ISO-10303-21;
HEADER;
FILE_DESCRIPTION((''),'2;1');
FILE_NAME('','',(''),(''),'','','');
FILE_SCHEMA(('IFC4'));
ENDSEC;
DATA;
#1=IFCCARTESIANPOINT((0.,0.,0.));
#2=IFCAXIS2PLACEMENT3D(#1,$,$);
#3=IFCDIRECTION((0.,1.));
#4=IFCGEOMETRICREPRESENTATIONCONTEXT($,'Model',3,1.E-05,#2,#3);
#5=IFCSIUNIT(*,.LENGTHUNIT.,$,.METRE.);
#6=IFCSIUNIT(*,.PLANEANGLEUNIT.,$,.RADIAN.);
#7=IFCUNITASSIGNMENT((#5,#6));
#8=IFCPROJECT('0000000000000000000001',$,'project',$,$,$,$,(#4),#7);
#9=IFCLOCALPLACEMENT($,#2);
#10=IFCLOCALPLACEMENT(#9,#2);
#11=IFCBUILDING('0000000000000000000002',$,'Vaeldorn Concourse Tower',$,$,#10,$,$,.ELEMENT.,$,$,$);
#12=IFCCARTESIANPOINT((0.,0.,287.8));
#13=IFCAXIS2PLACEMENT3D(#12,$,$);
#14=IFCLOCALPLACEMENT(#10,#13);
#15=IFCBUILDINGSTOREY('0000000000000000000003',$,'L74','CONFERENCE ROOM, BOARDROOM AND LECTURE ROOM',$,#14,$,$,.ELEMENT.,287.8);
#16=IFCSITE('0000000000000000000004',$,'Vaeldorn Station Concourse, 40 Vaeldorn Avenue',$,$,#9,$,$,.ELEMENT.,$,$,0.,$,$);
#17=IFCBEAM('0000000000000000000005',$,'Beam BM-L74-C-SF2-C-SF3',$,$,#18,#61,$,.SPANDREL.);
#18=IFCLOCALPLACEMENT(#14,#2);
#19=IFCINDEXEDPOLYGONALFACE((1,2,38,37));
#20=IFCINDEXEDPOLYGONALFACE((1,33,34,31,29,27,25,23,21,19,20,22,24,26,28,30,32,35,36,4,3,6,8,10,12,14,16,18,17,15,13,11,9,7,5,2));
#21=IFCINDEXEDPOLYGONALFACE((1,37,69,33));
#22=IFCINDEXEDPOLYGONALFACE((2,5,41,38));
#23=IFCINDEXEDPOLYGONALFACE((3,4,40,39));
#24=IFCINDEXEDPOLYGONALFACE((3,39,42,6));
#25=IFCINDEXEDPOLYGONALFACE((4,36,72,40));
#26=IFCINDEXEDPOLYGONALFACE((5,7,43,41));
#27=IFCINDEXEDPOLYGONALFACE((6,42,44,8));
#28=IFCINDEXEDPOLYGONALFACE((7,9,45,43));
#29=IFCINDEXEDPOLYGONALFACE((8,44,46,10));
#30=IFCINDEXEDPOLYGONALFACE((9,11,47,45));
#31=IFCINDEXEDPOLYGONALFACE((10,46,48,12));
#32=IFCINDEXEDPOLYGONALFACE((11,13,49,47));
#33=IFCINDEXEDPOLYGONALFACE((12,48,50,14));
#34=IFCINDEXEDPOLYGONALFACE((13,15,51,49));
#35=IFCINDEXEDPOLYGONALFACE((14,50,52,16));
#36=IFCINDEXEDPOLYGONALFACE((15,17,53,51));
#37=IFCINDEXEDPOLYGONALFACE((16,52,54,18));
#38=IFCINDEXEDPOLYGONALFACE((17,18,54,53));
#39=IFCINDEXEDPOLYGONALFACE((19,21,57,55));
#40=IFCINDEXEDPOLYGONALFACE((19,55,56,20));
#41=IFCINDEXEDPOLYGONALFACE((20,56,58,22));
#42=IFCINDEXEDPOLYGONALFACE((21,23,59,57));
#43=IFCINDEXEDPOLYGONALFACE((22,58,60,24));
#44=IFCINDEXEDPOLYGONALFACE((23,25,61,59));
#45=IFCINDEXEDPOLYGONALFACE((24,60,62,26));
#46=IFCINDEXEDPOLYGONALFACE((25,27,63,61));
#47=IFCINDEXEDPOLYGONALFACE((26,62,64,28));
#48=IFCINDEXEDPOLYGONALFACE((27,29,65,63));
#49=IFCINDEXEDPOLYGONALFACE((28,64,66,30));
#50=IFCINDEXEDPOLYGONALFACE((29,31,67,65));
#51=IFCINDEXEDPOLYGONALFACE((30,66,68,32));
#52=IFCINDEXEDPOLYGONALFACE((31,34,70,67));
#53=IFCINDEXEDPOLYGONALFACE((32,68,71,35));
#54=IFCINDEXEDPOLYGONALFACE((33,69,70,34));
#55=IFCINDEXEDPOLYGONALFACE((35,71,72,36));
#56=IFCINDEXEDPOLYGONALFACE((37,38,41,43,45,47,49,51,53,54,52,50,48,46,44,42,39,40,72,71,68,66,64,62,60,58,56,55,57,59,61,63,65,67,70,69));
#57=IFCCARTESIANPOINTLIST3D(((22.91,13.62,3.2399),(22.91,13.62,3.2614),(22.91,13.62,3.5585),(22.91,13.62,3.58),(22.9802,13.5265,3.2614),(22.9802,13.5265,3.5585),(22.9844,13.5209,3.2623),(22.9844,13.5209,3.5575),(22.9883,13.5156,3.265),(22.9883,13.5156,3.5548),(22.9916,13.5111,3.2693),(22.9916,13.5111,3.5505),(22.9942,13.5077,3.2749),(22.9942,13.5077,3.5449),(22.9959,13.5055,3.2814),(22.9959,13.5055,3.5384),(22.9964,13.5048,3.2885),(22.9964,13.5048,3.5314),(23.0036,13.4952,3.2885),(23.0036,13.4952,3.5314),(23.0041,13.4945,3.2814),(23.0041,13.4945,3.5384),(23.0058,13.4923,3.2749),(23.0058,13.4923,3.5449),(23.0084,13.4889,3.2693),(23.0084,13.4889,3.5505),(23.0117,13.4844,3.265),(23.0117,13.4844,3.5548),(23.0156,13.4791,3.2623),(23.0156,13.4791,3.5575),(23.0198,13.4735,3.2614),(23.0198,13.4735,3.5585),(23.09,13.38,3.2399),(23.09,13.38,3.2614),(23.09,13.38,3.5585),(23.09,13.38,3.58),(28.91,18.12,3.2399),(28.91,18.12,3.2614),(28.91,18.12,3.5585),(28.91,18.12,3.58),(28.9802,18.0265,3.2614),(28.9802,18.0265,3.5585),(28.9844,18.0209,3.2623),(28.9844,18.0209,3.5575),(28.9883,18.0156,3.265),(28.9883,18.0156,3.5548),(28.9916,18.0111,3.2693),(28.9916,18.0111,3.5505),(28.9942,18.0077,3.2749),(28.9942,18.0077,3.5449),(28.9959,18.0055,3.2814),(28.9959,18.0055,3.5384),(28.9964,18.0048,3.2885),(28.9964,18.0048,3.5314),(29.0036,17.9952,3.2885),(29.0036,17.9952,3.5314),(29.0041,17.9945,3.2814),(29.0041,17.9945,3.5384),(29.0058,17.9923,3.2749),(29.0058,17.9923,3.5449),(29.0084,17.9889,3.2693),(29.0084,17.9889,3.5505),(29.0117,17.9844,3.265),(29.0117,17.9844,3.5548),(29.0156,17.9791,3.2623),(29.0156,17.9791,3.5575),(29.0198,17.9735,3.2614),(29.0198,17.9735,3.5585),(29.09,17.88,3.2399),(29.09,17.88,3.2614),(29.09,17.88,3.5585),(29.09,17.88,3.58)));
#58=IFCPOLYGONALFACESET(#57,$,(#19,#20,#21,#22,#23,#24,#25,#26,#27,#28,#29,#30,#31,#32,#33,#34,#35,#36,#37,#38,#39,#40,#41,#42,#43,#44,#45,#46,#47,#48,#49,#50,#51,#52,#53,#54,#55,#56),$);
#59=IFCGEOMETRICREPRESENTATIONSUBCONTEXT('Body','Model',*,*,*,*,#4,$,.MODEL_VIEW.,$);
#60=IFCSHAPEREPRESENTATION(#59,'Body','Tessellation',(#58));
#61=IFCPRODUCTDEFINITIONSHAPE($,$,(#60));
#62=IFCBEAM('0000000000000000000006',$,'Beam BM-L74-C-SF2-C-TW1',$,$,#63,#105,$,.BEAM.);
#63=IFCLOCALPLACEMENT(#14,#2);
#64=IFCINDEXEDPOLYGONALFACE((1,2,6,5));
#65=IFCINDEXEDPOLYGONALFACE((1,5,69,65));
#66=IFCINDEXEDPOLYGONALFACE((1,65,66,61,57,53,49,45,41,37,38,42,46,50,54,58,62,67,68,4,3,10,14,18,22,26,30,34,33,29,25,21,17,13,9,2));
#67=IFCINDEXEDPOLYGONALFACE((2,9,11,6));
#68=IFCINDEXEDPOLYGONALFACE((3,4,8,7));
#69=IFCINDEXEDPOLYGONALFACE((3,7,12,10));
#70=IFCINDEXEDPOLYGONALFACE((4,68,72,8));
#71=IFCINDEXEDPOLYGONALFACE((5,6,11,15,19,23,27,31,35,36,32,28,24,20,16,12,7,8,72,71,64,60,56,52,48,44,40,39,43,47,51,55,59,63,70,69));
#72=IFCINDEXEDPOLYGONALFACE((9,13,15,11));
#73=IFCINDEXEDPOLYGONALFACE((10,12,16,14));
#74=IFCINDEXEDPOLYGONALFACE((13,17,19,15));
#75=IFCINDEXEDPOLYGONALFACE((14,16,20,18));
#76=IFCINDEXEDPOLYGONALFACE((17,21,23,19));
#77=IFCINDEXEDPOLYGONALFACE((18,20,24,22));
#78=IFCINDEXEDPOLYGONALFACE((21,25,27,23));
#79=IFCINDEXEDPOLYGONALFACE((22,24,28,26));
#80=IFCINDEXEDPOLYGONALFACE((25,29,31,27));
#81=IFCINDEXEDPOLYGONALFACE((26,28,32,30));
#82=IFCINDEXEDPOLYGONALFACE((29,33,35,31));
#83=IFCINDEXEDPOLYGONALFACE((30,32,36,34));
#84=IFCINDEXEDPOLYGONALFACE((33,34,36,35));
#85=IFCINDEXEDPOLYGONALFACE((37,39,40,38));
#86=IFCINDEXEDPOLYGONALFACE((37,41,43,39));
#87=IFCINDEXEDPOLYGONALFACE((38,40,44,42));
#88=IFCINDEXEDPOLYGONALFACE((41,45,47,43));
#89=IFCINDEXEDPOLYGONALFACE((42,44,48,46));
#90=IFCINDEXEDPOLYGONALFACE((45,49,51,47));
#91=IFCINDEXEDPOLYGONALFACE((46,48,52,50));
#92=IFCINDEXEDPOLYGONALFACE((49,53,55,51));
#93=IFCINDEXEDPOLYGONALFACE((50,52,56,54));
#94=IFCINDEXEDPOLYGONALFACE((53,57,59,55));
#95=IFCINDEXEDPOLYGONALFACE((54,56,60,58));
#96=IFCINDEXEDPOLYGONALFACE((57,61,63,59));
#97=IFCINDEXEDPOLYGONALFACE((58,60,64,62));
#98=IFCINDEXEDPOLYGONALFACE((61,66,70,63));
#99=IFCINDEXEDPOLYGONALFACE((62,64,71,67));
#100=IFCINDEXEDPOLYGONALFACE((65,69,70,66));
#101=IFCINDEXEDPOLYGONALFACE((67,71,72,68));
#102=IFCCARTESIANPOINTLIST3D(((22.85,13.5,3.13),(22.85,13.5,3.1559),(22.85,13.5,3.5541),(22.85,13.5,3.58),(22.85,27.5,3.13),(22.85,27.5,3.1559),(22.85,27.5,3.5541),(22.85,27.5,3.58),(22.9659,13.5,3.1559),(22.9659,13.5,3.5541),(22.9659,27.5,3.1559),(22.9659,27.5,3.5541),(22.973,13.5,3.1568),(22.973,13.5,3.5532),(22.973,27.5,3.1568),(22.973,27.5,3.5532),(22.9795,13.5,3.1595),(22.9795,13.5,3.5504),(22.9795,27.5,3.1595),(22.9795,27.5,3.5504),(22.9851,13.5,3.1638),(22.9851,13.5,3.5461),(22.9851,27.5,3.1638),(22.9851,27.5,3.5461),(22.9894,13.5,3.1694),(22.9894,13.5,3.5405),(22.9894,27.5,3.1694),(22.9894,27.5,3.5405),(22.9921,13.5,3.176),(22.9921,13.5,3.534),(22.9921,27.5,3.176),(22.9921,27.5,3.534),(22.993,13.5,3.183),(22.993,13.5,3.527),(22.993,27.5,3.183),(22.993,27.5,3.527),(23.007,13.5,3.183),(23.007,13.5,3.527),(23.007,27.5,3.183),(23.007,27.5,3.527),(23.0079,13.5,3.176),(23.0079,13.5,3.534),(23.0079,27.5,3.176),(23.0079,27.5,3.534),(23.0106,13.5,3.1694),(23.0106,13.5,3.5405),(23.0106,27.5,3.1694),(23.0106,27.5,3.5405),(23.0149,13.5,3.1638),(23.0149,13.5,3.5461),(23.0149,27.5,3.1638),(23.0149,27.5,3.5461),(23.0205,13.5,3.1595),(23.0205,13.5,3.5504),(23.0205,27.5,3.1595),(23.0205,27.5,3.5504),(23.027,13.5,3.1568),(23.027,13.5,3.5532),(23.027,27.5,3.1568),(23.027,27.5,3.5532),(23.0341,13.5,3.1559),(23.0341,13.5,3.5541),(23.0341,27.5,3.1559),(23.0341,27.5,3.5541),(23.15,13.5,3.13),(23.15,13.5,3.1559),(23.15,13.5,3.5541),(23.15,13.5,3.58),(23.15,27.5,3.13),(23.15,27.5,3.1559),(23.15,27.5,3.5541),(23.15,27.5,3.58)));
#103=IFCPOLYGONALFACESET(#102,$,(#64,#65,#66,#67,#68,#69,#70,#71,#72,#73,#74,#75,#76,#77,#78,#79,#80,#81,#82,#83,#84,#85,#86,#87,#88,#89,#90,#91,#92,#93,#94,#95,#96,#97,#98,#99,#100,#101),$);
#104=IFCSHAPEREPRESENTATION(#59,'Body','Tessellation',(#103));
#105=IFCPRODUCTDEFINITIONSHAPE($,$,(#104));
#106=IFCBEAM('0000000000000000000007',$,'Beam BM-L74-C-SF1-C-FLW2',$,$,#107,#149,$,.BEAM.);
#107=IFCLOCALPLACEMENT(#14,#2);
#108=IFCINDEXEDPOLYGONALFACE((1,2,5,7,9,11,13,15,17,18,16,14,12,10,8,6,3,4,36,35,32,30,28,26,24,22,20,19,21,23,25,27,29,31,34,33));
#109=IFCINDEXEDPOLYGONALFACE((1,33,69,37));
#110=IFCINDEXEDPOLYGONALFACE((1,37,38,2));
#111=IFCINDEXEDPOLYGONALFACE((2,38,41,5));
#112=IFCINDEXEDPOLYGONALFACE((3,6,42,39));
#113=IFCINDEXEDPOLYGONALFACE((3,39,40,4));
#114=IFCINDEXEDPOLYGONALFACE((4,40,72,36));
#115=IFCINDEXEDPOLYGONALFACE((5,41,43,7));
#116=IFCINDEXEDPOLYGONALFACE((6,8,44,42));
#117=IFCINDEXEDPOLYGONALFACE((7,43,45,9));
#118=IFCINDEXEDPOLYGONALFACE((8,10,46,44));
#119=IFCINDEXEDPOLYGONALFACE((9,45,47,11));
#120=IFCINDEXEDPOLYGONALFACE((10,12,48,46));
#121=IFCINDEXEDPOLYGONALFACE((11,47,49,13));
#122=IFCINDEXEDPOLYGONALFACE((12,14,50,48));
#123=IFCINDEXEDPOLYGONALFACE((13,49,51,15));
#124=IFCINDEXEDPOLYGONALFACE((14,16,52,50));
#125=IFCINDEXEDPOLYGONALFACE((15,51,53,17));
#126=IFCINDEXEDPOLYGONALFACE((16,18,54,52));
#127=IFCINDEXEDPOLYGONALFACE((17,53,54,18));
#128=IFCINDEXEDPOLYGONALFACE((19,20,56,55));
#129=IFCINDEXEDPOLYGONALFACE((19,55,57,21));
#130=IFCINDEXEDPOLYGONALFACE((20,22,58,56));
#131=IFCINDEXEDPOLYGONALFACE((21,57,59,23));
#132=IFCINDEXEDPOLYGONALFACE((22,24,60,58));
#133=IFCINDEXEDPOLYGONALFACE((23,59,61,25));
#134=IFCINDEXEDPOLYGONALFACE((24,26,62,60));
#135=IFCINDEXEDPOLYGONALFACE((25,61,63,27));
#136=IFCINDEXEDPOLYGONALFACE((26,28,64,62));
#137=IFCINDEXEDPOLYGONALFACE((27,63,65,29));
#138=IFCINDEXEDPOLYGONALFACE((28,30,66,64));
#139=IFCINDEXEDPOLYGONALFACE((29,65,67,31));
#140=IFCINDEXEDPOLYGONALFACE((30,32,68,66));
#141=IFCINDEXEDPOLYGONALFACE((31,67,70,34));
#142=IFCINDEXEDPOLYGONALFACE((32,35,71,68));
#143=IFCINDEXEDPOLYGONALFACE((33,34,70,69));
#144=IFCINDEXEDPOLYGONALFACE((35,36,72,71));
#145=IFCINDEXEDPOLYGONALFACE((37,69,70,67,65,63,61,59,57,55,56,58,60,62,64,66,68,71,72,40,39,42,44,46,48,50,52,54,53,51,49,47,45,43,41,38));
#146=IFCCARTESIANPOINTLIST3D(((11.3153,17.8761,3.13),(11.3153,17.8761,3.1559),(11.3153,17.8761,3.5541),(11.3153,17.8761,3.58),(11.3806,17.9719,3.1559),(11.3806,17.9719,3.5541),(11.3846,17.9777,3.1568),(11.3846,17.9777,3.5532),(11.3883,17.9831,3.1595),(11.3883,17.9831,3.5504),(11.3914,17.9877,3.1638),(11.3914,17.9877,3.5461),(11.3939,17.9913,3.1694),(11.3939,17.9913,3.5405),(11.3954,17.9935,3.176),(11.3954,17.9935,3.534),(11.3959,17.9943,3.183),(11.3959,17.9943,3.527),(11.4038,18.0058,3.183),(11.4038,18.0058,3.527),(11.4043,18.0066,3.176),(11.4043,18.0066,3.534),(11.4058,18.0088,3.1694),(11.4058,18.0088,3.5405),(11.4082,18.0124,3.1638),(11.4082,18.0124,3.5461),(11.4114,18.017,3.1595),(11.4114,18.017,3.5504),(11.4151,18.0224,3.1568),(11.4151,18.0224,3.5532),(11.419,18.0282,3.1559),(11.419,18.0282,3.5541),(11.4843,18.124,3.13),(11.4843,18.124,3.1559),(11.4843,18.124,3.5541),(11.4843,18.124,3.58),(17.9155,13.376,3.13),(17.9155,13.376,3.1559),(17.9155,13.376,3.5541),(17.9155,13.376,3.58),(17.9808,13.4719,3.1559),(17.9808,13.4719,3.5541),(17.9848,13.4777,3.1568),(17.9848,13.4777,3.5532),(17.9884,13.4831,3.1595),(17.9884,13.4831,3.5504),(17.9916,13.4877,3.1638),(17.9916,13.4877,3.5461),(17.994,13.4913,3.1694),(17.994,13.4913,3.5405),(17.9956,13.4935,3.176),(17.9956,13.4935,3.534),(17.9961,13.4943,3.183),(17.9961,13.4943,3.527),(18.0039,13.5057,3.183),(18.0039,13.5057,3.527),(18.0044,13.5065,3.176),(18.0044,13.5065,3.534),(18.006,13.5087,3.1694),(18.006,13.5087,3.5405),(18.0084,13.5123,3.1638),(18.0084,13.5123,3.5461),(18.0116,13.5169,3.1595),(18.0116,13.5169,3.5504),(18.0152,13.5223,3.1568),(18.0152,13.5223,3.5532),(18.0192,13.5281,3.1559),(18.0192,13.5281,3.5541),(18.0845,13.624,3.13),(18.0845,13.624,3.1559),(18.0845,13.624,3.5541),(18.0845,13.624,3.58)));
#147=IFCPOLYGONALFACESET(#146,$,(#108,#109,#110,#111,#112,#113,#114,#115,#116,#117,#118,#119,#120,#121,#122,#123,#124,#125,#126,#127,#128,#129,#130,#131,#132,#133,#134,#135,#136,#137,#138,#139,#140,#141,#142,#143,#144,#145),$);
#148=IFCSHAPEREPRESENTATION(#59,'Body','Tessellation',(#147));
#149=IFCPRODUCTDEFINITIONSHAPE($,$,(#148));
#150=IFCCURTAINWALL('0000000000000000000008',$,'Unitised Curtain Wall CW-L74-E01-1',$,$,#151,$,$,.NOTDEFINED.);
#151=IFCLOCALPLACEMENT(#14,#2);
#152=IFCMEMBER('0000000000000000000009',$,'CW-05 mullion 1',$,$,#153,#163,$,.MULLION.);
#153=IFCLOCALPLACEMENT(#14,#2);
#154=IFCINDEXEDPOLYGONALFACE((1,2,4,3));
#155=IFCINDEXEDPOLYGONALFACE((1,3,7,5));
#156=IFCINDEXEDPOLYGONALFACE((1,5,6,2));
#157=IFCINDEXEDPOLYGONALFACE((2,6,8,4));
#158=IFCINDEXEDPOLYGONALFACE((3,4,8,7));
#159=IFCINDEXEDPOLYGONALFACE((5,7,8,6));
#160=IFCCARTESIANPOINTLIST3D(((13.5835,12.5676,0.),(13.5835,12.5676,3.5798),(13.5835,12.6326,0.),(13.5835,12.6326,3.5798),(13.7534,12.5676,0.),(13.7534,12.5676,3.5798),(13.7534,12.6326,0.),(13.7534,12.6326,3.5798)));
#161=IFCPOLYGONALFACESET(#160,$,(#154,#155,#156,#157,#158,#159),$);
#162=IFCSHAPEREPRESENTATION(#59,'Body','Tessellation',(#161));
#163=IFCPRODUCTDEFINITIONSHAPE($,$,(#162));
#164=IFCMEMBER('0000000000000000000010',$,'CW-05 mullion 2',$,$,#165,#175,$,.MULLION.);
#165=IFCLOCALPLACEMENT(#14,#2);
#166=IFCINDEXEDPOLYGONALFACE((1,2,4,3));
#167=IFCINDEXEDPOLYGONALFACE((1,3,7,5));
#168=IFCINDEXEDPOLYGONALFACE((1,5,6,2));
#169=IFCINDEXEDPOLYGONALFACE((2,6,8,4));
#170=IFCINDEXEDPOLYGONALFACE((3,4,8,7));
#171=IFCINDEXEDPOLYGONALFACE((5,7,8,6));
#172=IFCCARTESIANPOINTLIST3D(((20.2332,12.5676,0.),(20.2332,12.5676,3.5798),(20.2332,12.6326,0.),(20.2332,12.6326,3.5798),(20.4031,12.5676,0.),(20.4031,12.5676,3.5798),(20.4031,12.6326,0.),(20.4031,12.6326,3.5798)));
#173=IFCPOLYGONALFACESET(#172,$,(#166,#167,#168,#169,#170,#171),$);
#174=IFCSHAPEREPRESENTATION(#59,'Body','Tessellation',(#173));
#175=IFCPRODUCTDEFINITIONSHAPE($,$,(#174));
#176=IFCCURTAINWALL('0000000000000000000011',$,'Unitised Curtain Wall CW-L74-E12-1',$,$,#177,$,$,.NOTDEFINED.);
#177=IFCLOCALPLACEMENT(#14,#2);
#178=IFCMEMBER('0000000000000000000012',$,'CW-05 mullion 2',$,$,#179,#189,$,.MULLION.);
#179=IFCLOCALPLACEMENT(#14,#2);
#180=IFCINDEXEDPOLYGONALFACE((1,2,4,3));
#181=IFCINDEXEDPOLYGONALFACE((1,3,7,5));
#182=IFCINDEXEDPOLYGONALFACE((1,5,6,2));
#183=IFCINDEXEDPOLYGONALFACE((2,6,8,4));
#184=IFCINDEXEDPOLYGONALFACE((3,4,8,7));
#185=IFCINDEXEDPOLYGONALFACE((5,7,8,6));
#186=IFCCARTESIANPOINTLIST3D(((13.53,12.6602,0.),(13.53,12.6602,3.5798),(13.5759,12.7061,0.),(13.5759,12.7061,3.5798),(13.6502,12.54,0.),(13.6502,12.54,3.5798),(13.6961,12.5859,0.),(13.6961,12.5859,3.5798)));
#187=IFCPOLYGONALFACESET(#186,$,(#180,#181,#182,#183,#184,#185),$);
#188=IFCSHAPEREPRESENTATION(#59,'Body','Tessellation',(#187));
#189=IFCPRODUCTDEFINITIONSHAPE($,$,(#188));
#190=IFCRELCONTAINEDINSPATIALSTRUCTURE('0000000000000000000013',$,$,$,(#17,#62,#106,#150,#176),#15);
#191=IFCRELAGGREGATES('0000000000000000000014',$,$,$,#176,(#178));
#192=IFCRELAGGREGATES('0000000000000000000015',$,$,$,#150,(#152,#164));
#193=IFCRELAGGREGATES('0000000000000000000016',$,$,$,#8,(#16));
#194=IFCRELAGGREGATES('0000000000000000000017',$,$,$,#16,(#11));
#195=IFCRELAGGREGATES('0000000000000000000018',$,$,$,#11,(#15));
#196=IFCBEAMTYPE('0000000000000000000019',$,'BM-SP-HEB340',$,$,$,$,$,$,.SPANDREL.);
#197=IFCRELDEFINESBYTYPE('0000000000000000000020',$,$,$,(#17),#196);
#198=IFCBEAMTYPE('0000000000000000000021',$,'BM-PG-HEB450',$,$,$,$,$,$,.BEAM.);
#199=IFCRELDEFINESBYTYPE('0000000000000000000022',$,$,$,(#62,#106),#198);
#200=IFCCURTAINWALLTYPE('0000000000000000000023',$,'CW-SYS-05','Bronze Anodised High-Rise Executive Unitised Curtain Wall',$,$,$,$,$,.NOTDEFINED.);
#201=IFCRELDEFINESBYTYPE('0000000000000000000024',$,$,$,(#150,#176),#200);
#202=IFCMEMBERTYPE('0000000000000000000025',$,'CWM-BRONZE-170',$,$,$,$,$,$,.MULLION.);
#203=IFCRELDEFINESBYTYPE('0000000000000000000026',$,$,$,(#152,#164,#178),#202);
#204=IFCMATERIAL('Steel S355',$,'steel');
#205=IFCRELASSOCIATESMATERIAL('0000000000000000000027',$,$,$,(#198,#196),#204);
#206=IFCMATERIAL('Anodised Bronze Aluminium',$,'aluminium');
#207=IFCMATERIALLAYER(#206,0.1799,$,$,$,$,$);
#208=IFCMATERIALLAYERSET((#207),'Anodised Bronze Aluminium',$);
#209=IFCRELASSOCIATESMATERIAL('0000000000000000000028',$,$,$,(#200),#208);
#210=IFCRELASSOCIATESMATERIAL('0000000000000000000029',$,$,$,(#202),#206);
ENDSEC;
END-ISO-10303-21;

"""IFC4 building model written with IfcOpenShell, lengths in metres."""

from ifc_helpers import new_model, si_unit, direction, frame, origin, origin_2d, place, context, subcontext, project, spatial, rectangle, i_section, extrude, source, transform, mapped, material, layer, layer_set, material_profile, profile_set, type_object, element, aggregate, save


model = new_model("IFC4")

# Units and contexts
model_context = context("Model", 3, precision=1e-05, world=origin(), true_north=direction((0.0, 1.0)))
body_context = subcontext(model_context, "Body", "Model", "MODEL_VIEW")
ifc_project = project(units=[si_unit("LENGTHUNIT", "METRE"), si_unit("PLANEANGLEUNIT", "RADIAN")], contexts=[model_context])

# Site, building, storey
site_placement = place(None, origin())
site = spatial("IfcSite", under=ifc_project, at=site_placement, Name="Vaeldorn Station Concourse, 40 Vaeldorn Avenue", CompositionType="ELEMENT", RefElevation=0.0)
building_placement = place(site_placement, origin())
building = spatial("IfcBuilding", under=site, at=building_placement, Name="Vaeldorn Concourse Tower", CompositionType="ELEMENT")
storey_placement = place(building_placement, frame((0.0, 0.0, 287.8)))
storey = spatial("IfcBuildingStorey", under=building, at=storey_placement, Name="L74", Description="CONFERENCE ROOM, BOARDROOM AND LECTURE ROOM", CompositionType="ELEMENT", Elevation=287.8)

# Shared definitions
ifc_material_1 = material(Name="Steel S355", Category="steel")

# Beams
ifc_material_profile_1 = material_profile(ifc_material_1, i_section(OverallWidth=0.3, OverallDepth=0.45, WebThickness=0.0139, FlangeThickness=0.0259, FilletRadius=0.0271, at=origin_2d()), Name="HEB 450")
ifc_profile_set_1 = profile_set([ifc_material_profile_1], Name="Steel S355")
beam_type_1 = type_object("IfcBeamType", Name="BM-PG-HEB450", PredefinedType="BEAM", material=ifc_profile_set_1)
ifc_material_profile_2 = material_profile(ifc_material_1, i_section(OverallWidth=0.3, OverallDepth=0.3401, WebThickness=0.012, FlangeThickness=0.0215, FilletRadius=0.0271, at=origin_2d()), Name="HEB 340")
ifc_profile_set_2 = profile_set([ifc_material_profile_2], Name="Steel S355")
beam_type_2 = type_object("IfcBeamType", Name="BM-SP-HEB340", PredefinedType="SPANDREL", material=ifc_profile_set_2)
shared_shape_1 = source(origin(), body_context, "Body", "SweptSolid", [
    extrude(i_section(OverallWidth=0.3, OverallDepth=0.3401, WebThickness=0.012, FlangeThickness=0.0215, FilletRadius=0.0271, at=origin_2d()), origin(), (0.0, 0.0, 1.0), 7.5),
])
beam_1_placement = place(storey_placement, frame((23.0, 13.5, 3.4099), z_axis=(0.8, 0.6, 0.0), x_axis=(-0.6, 0.8, 0.0)))
element("IfcBeam", 1, at=beam_1_placement, inside=storey, type_object=beam_type_2, Name="Beam BM-L74-C-SF2-C-SF3", PredefinedType="SPANDREL", context=body_context, shape_type="MappedRepresentation", body=[
    mapped(shared_shape_1, transform((0.0, 0.0, 0.0), scale=1.0)),
])
shared_shape_2 = source(origin(), body_context, "Body", "SweptSolid", [
    extrude(i_section(OverallWidth=0.3, OverallDepth=0.45, WebThickness=0.0139, FlangeThickness=0.0259, FilletRadius=0.0271, at=origin_2d()), origin(), (0.0, 0.0, 1.0), 14.0),
])
beam_2_placement = place(storey_placement, frame((23.0, 13.5, 3.355), z_axis=(0.0, 1.0, 0.0), x_axis=(-1.0, 0.0, 0.0)))
element("IfcBeam", 2, at=beam_2_placement, inside=storey, type_object=beam_type_1, Name="Beam BM-L74-C-SF2-C-TW1", PredefinedType="BEAM", context=body_context, shape_type="MappedRepresentation", body=[
    mapped(shared_shape_2, transform((0.0, 0.0, 0.0), scale=1.0)),
])
shared_shape_3 = source(origin(), body_context, "Body", "SweptSolid", [
    extrude(i_section(OverallWidth=0.3, OverallDepth=0.45, WebThickness=0.0139, FlangeThickness=0.0259, FilletRadius=0.0271, at=origin_2d()), origin(), (0.0, 0.0, 1.0), 7.9883),
])
beam_3_placement = place(storey_placement, frame((18.0, 13.5, 3.355), z_axis=(-0.826231, 0.563331, 0.0), x_axis=(-0.563331, -0.826231, 0.0)))
element("IfcBeam", 3, at=beam_3_placement, inside=storey, type_object=beam_type_1, Name="Beam BM-L74-C-SF1-C-FLW2", PredefinedType="BEAM", context=body_context, shape_type="MappedRepresentation", body=[
    mapped(shared_shape_3, transform((0.0, 0.0, 0.0), scale=1.0)),
])

# Curtain wall, members
ifc_material_2 = material(Name="Anodised Bronze Aluminium", Category="aluminium")
ifc_layer_1 = layer(ifc_material_2, 0.1799)
ifc_layer_set_1 = layer_set([ifc_layer_1], Name="Anodised Bronze Aluminium")
curtain_wall_type = type_object("IfcCurtainWallType", Name="CW-SYS-05", Description="Bronze Anodised High-Rise Executive Unitised Curtain Wall", PredefinedType="NOTDEFINED", material=ifc_layer_set_1)
curtain_wall_1_placement = place(storey_placement, origin())
curtain_wall_1 = element("IfcCurtainWall", 4, at=curtain_wall_1_placement, inside=storey, type_object=curtain_wall_type, Name="Unitised Curtain Wall CW-L74-E01-1", PredefinedType="NOTDEFINED")
ifc_material_profile_3 = material_profile(ifc_material_2, rectangle(XDim=0.0649, YDim=0.1699, at=origin_2d()), Name="CWM 65x170")
ifc_profile_set_3 = profile_set([ifc_material_profile_3], Name="Anodised Bronze Aluminium")
member_type_1 = type_object("IfcMemberType", Name="CWM-BRONZE-170", PredefinedType="MULLION", material=ifc_profile_set_3)
shared_shape_4 = source(origin(), body_context, "Body", "SweptSolid", [
    extrude(rectangle(XDim=0.0649, YDim=0.1699, at=origin_2d()), origin(), (0.0, 0.0, 1.0), 3.5798),
])
member_1_placement = place(storey_placement, frame((13.6685, 12.6001, 0.0), z_axis=(0.0, 0.0, 1.0), x_axis=(0.0, 1.0, 0.0)))
member_1 = element("IfcMember", 5, at=member_1_placement, type_object=member_type_1, Name="CW-05 mullion 1", PredefinedType="MULLION", context=body_context, shape_type="MappedRepresentation", body=[
    mapped(shared_shape_4, transform((0.0, 0.0, 0.0), scale=1.0)),
])
member_2_placement = place(storey_placement, frame((20.3181, 12.6001, 0.0), z_axis=(0.0, 0.0, 1.0), x_axis=(0.0, 1.0, 0.0)))
member_2 = element("IfcMember", 6, at=member_2_placement, type_object=member_type_1, Name="CW-05 mullion 2", PredefinedType="MULLION", context=body_context, shape_type="MappedRepresentation", body=[
    mapped(shared_shape_4, transform((0.0, 0.0, 0.0), scale=1.0)),
])

# Curtain wall, member
curtain_wall_2_placement = place(storey_placement, origin())
curtain_wall_2 = element("IfcCurtainWall", 7, at=curtain_wall_2_placement, inside=storey, type_object=curtain_wall_type, Name="Unitised Curtain Wall CW-L74-E12-1", PredefinedType="NOTDEFINED")
member_3_placement = place(storey_placement, frame((13.613, 12.623, 0.0), z_axis=(0.0, 0.0, 1.0), x_axis=(0.707107, 0.707107, 0.0)))
member_3 = element("IfcMember", 8, at=member_3_placement, type_object=member_type_1, Name="CW-05 mullion 2", PredefinedType="MULLION", context=body_context, shape_type="MappedRepresentation", body=[
    mapped(shared_shape_4, transform((0.0, 0.0, 0.0), scale=1.0)),
])

aggregate(curtain_wall_2, [member_3])
aggregate(curtain_wall_1, [member_1, member_2])

save(model, "model.ifc")
